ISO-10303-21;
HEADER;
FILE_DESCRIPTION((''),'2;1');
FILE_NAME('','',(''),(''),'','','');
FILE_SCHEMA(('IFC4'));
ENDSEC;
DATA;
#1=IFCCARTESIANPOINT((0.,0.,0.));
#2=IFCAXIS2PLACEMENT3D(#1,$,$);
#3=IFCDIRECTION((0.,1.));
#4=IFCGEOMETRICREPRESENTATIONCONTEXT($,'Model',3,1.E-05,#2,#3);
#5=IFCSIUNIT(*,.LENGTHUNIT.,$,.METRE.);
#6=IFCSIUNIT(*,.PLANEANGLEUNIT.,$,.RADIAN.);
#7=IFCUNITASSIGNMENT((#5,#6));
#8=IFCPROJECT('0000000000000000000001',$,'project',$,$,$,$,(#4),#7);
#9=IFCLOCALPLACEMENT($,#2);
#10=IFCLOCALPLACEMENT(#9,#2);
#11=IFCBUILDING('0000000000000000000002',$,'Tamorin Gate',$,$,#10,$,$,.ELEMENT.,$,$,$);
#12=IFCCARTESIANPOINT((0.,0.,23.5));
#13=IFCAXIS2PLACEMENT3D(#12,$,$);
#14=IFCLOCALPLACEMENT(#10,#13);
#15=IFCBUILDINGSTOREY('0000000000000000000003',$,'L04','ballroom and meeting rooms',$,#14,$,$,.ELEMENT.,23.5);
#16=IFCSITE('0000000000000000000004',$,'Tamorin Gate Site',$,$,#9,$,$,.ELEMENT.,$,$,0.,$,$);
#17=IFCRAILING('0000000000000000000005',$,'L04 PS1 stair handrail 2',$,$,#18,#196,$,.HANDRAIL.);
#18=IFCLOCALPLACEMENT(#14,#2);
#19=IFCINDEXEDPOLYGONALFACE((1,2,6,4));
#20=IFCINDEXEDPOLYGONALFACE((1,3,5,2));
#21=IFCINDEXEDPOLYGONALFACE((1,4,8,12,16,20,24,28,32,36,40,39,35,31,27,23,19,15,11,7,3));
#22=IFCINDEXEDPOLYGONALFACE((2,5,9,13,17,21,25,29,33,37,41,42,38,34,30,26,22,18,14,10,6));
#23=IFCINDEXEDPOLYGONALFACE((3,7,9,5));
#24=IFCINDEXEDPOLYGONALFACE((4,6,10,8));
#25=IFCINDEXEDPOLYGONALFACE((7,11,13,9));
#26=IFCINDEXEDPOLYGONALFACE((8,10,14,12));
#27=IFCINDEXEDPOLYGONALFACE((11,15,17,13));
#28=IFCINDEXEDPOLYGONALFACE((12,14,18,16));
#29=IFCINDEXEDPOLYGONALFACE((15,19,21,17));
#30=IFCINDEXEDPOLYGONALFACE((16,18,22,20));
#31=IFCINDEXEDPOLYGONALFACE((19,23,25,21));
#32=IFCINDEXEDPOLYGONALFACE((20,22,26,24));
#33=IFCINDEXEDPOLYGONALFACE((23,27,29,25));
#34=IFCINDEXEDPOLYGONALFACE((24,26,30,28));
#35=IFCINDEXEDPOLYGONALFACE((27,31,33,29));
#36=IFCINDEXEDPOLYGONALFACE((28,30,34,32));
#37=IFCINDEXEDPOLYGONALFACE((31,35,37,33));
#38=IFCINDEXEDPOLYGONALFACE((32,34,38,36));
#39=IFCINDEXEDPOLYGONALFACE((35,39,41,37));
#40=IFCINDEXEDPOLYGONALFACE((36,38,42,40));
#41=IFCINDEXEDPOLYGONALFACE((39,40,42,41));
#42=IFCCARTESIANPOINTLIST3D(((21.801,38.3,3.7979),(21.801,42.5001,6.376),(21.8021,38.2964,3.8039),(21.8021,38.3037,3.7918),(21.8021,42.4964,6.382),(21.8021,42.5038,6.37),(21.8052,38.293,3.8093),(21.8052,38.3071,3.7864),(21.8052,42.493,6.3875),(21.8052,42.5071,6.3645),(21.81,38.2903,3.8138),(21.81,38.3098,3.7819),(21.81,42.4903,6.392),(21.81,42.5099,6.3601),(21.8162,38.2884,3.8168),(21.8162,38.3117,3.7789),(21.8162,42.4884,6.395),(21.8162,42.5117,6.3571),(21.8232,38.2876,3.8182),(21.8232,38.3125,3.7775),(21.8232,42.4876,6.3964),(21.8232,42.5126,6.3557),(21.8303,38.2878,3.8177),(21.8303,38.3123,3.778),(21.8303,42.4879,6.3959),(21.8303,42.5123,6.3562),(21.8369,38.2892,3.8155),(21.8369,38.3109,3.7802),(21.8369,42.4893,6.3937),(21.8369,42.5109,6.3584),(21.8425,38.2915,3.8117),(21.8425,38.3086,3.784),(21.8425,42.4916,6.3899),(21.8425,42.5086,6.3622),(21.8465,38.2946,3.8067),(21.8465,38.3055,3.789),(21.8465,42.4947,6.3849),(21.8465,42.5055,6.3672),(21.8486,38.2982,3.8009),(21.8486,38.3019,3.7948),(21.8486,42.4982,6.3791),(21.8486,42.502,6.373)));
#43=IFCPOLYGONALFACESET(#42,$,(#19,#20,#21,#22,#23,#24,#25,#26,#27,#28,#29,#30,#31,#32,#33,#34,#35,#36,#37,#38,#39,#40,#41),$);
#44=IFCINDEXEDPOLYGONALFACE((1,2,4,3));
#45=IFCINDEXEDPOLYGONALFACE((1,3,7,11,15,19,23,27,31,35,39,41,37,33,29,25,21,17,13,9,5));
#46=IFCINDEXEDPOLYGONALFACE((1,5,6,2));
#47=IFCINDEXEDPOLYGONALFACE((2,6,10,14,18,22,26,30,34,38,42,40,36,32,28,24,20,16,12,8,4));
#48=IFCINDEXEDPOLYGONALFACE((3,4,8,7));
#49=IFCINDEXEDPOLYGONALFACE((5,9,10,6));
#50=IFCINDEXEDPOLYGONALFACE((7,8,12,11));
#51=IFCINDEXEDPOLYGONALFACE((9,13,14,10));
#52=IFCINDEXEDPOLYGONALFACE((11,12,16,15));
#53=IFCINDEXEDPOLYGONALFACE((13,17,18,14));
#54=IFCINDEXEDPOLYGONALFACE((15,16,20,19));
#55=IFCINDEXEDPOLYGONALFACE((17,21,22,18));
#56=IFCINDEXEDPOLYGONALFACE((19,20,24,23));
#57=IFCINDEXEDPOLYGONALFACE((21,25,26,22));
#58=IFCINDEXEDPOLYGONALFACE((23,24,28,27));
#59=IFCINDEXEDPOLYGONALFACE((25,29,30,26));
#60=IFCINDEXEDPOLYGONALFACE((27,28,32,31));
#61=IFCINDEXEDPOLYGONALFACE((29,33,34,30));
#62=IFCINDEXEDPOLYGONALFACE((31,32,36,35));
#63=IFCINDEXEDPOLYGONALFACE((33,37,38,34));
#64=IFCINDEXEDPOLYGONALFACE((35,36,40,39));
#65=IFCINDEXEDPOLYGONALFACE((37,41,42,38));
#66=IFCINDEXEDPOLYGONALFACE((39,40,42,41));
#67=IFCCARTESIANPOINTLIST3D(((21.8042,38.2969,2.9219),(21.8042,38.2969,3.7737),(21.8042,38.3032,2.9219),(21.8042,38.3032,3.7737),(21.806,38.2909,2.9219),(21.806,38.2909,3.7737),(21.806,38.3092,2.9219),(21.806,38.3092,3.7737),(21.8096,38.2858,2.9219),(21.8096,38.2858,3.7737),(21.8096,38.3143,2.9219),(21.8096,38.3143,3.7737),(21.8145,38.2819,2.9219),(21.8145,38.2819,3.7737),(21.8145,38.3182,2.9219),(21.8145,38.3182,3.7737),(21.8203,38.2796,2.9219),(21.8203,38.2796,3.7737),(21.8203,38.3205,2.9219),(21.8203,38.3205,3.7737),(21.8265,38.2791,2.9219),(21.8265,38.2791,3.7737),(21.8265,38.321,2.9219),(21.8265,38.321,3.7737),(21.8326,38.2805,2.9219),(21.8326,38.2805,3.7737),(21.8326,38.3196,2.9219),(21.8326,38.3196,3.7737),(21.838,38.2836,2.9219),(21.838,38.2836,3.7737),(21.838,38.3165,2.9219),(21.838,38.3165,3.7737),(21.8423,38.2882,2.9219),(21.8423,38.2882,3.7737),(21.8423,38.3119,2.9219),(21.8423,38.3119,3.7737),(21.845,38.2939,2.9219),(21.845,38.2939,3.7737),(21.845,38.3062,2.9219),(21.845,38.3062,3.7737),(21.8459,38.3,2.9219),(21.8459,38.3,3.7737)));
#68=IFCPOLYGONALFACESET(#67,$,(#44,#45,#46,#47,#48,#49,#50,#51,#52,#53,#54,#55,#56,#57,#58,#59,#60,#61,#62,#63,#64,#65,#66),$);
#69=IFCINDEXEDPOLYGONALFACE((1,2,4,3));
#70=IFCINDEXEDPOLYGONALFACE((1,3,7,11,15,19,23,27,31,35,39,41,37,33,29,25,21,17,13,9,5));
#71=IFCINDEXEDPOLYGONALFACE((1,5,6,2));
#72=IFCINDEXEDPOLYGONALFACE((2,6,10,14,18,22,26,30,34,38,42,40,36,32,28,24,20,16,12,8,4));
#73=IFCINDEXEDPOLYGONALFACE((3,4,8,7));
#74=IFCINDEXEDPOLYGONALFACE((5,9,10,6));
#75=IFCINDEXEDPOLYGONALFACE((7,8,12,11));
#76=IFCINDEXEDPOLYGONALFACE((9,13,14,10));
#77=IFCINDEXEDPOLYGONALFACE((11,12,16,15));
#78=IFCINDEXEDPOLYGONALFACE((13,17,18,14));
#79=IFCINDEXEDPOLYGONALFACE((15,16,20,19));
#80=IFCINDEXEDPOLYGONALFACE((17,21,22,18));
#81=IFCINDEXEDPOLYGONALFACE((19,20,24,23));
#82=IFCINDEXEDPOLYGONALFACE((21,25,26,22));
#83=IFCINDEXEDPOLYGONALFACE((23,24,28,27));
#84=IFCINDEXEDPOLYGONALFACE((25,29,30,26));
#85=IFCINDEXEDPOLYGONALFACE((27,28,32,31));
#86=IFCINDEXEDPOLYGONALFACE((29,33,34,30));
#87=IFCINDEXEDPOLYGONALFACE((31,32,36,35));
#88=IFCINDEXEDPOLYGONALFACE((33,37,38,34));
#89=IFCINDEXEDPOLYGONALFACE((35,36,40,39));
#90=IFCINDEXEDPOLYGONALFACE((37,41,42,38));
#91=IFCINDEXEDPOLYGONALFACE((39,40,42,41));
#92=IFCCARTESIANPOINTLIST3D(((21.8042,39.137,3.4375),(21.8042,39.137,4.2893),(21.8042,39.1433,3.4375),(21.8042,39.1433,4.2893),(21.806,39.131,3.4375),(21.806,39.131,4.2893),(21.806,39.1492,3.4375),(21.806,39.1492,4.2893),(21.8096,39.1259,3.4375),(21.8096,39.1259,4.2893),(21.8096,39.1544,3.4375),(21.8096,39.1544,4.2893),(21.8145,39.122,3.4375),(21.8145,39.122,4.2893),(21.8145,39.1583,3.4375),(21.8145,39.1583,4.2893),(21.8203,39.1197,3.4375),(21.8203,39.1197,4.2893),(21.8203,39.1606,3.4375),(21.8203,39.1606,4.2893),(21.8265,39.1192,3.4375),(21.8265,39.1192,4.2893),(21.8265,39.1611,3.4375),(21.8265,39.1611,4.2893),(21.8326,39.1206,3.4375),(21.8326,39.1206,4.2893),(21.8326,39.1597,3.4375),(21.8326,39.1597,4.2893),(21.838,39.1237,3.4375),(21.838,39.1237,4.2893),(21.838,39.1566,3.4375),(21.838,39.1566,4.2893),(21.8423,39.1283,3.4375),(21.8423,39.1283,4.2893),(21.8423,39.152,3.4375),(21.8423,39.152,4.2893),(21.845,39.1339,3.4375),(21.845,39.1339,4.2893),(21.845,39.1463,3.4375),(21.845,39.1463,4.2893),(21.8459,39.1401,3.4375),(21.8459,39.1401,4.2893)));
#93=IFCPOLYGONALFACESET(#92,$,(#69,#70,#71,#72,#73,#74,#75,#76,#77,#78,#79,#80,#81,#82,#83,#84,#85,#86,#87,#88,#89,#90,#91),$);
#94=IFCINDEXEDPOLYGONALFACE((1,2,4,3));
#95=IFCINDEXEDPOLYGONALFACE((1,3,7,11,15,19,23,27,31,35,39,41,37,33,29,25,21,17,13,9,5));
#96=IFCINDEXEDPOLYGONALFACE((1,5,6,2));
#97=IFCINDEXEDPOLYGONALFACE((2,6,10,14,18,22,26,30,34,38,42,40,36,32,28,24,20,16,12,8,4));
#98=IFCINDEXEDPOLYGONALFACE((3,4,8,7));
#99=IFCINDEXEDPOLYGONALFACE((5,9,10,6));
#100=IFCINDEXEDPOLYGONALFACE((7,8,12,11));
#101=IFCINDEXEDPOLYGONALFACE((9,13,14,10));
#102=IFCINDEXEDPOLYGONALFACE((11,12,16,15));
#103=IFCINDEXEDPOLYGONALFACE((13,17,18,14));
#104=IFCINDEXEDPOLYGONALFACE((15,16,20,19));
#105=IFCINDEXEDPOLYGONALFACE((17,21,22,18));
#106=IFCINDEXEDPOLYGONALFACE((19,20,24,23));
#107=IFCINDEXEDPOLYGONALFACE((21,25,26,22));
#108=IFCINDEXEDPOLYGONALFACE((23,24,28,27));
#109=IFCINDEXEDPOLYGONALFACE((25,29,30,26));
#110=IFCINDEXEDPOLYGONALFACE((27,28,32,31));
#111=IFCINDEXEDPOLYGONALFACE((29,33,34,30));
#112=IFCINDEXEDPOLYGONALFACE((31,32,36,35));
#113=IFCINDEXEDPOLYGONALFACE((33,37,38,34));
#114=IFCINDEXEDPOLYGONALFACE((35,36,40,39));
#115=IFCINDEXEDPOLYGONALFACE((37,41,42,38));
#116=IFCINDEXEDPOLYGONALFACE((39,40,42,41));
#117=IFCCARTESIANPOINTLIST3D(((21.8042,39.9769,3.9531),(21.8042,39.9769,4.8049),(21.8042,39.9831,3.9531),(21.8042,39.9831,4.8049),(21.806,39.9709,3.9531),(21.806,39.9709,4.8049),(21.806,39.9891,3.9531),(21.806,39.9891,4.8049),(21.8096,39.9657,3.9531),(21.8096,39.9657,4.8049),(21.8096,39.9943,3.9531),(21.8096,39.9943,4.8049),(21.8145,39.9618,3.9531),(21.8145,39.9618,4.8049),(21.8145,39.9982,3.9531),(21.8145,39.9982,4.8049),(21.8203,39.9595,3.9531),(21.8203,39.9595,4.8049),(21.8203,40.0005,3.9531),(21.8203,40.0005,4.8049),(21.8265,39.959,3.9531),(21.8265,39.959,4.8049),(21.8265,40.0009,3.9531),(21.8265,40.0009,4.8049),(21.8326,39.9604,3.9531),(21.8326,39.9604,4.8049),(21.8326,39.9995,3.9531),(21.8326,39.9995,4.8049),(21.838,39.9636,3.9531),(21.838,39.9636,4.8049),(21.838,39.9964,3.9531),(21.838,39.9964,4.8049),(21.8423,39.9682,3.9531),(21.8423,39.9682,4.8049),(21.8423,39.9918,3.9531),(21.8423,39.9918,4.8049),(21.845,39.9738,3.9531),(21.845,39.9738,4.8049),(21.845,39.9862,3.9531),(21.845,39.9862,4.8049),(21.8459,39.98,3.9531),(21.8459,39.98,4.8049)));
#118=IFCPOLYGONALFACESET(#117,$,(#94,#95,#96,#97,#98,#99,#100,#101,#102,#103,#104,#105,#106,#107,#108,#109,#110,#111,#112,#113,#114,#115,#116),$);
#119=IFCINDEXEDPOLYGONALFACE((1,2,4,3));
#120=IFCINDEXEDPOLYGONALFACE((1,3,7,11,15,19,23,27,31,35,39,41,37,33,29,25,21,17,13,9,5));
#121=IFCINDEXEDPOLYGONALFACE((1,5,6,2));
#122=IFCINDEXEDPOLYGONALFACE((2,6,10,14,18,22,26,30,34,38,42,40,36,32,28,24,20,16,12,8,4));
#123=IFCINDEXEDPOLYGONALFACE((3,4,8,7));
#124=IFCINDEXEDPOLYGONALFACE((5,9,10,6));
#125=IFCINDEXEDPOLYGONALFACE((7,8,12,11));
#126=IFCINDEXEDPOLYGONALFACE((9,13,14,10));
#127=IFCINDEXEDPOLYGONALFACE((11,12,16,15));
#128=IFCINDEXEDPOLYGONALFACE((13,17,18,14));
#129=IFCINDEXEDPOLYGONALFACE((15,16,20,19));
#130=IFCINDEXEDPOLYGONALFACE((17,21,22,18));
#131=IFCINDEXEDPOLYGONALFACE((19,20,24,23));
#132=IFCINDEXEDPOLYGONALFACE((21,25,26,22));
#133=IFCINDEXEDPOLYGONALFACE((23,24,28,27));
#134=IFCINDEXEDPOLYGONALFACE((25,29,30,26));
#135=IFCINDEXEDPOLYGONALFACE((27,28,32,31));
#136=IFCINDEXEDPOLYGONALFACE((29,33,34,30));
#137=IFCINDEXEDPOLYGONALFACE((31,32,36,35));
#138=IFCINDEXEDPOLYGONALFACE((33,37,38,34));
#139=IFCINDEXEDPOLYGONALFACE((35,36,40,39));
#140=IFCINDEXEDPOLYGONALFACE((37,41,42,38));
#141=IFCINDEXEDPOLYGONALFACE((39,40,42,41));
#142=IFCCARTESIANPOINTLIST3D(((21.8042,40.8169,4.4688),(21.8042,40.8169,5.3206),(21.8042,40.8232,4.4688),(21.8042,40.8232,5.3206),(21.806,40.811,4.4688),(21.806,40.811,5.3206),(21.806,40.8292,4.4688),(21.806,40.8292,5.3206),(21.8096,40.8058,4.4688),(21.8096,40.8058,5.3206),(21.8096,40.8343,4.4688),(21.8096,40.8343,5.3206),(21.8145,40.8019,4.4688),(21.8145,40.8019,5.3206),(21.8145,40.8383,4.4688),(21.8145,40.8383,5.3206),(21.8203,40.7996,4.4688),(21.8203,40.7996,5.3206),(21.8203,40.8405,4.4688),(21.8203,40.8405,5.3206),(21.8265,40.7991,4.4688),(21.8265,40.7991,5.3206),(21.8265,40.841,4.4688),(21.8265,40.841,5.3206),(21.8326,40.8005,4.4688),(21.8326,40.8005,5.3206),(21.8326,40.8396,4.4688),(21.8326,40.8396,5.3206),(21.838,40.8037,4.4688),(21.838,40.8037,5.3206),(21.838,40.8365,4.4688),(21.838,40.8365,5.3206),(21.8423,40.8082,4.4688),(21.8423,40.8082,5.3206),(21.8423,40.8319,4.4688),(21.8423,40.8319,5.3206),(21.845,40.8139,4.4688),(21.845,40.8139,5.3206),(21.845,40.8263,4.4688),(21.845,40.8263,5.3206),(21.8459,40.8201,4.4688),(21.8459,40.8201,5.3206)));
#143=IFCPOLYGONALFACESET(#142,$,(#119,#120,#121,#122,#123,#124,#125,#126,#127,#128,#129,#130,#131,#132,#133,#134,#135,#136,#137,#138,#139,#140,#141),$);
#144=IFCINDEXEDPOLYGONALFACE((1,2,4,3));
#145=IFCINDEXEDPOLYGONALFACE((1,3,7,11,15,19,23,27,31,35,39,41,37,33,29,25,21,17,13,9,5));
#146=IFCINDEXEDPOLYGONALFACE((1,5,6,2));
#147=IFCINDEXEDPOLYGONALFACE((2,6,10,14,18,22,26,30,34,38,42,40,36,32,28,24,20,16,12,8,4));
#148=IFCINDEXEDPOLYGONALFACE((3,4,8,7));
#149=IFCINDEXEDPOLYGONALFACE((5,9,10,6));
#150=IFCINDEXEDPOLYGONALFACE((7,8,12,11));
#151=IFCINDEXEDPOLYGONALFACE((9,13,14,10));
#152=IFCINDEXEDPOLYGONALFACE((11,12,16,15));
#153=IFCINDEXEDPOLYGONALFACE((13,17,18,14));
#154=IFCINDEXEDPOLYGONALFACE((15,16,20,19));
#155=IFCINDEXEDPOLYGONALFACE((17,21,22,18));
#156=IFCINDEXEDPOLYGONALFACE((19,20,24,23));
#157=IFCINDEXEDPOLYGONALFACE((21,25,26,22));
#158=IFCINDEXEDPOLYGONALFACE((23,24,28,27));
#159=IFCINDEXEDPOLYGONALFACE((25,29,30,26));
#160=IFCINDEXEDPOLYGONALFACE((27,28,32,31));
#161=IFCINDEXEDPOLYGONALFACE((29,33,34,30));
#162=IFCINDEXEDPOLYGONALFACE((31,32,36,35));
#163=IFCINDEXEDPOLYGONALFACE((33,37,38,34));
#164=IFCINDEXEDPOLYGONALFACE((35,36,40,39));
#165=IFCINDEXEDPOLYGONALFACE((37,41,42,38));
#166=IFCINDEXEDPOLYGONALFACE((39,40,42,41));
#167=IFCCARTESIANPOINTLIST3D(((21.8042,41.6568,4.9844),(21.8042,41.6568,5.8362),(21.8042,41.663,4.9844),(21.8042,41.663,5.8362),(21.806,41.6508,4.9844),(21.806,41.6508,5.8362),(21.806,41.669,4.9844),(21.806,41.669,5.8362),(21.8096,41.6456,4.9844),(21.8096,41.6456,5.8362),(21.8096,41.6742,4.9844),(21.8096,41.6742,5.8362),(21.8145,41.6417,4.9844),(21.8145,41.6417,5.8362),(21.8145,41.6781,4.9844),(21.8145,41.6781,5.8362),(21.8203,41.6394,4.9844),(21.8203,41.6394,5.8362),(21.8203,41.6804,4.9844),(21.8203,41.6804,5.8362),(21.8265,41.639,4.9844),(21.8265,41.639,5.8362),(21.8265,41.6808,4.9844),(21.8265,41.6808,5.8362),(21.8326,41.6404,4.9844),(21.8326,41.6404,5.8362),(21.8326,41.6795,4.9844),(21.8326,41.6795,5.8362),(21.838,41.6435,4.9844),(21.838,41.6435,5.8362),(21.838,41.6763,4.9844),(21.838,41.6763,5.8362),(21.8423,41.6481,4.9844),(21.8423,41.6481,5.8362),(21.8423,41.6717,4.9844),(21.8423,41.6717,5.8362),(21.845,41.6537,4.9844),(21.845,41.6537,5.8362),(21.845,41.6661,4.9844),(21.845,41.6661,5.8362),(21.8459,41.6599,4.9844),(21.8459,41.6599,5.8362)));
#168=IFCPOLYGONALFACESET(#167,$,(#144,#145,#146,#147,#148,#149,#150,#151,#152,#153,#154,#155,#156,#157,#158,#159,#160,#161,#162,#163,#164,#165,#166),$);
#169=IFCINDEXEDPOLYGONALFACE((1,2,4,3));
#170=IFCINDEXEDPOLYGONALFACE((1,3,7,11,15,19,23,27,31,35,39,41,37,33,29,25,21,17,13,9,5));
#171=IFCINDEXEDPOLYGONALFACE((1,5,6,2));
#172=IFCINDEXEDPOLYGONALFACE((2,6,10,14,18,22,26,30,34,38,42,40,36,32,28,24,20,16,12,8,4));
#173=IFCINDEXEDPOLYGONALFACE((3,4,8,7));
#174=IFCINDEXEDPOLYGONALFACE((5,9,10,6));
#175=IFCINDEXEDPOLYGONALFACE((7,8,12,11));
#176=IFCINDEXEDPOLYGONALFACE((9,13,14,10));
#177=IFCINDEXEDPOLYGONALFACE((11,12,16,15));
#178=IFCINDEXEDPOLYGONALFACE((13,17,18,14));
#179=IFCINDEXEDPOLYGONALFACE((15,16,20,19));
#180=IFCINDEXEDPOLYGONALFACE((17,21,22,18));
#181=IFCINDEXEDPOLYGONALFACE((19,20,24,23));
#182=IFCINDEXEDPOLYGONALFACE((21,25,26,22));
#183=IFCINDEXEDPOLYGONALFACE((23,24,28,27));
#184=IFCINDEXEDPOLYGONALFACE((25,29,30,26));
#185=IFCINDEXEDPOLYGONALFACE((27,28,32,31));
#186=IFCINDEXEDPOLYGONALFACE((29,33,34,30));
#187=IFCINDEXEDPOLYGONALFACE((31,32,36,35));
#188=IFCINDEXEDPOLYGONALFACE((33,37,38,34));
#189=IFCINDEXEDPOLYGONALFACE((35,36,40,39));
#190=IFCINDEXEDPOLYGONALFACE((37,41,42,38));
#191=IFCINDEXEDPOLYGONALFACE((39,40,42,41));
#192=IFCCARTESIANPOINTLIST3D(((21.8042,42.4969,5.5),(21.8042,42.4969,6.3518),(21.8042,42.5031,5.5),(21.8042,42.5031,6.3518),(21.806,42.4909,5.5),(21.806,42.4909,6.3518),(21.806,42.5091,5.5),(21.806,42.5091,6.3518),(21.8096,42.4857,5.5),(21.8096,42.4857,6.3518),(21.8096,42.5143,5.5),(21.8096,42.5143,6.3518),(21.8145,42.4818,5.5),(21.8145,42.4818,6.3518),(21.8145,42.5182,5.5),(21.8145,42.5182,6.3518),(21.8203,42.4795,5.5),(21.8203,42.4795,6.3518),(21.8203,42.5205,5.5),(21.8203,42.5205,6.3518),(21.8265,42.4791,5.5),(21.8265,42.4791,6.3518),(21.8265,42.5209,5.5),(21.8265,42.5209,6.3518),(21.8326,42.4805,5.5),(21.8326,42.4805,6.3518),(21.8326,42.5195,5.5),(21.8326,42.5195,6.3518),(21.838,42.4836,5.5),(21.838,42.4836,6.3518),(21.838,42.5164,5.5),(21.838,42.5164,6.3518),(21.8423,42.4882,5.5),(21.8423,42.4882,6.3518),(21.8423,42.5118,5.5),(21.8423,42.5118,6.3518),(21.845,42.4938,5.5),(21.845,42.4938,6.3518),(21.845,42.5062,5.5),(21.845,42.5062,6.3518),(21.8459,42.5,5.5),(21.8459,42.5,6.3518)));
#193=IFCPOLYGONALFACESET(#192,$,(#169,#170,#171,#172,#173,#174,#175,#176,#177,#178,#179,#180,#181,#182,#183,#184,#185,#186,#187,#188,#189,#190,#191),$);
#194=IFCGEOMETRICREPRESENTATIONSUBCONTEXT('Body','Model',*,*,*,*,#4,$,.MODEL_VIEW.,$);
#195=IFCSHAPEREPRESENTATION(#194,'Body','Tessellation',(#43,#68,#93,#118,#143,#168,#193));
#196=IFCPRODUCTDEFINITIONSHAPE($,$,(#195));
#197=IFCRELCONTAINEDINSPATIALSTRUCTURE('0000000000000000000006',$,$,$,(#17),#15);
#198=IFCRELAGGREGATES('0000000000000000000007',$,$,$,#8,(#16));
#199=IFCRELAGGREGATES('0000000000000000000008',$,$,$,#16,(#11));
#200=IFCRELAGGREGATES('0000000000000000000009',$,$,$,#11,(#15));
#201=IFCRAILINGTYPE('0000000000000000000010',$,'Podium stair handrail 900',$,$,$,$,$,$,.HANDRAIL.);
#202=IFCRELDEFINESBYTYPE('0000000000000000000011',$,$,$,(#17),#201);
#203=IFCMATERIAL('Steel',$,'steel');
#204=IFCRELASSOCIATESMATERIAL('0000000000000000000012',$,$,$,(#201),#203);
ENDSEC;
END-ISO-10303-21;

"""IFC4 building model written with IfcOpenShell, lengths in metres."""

from ifc_helpers import new_model, si_unit, direction, frame, origin, origin_2d, place, context, subcontext, project, spatial, circle, extrude, material, type_object, element, save


model = new_model("IFC4")

# Units and contexts
model_context = context("Model", 3, precision=1e-05, world=origin(), true_north=direction((0.0, 1.0)))
body_context = subcontext(model_context, "Body", "Model", "MODEL_VIEW")
ifc_project = project(units=[si_unit("LENGTHUNIT", "METRE"), si_unit("PLANEANGLEUNIT", "RADIAN")], contexts=[model_context])

# Site, building, storey
site_placement = place(None, origin())
site = spatial("IfcSite", under=ifc_project, at=site_placement, Name="Tamorin Gate Site", CompositionType="ELEMENT", RefElevation=0.0)
building_placement = place(site_placement, origin())
building = spatial("IfcBuilding", under=site, at=building_placement, Name="Tamorin Gate", CompositionType="ELEMENT")
storey_placement = place(building_placement, frame((0.0, 0.0, 23.5)))
storey = spatial("IfcBuildingStorey", under=building, at=storey_placement, Name="L04", Description="ballroom and meeting rooms", CompositionType="ELEMENT", Elevation=23.5)

# Railing
ifc_material_1 = material(Name="Steel", Category="steel")
railing_type_1 = type_object("IfcRailingType", Name="Podium stair handrail 900", PredefinedType="HANDRAIL", material=ifc_material_1)
railing_1_placement = place(storey_placement, frame((21.825, 38.3, 2.9219)))
element("IfcRailing", 1, at=railing_1_placement, inside=storey, type_object=railing_type_1, Name="L04 PS1 stair handrail 2", PredefinedType="HANDRAIL", context=body_context, shape_type="SweptSolid", body=[
    extrude(circle(Radius=0.0239, at=origin_2d()), frame((0.0, 0.0, 0.876), z_axis=(0.0, 0.852243, 0.523146), x_axis=(-1.0, 0.0, 0.0)), (0.0, 0.0, 1.0), 4.9282),
    extrude(circle(Radius=0.021, at=origin_2d()), origin(), (0.0, 0.0, 1.0), 0.8518),
    extrude(circle(Radius=0.021, at=origin_2d()), frame((0.0, 0.8401, 0.5156)), (0.0, 0.0, 1.0), 0.8518),
    extrude(circle(Radius=0.021, at=origin_2d()), frame((0.0, 1.6799, 1.0312)), (0.0, 0.0, 1.0), 0.8518),
    extrude(circle(Radius=0.021, at=origin_2d()), frame((0.0, 2.52, 1.5469)), (0.0, 0.0, 1.0), 0.8518),
    extrude(circle(Radius=0.021, at=origin_2d()), frame((0.0, 3.3599, 2.0625)), (0.0, 0.0, 1.0), 0.8518),
    extrude(circle(Radius=0.021, at=origin_2d()), frame((0.0, 4.2, 2.5781)), (0.0, 0.0, 1.0), 0.8518),
])

save(model, "model.ifc")
